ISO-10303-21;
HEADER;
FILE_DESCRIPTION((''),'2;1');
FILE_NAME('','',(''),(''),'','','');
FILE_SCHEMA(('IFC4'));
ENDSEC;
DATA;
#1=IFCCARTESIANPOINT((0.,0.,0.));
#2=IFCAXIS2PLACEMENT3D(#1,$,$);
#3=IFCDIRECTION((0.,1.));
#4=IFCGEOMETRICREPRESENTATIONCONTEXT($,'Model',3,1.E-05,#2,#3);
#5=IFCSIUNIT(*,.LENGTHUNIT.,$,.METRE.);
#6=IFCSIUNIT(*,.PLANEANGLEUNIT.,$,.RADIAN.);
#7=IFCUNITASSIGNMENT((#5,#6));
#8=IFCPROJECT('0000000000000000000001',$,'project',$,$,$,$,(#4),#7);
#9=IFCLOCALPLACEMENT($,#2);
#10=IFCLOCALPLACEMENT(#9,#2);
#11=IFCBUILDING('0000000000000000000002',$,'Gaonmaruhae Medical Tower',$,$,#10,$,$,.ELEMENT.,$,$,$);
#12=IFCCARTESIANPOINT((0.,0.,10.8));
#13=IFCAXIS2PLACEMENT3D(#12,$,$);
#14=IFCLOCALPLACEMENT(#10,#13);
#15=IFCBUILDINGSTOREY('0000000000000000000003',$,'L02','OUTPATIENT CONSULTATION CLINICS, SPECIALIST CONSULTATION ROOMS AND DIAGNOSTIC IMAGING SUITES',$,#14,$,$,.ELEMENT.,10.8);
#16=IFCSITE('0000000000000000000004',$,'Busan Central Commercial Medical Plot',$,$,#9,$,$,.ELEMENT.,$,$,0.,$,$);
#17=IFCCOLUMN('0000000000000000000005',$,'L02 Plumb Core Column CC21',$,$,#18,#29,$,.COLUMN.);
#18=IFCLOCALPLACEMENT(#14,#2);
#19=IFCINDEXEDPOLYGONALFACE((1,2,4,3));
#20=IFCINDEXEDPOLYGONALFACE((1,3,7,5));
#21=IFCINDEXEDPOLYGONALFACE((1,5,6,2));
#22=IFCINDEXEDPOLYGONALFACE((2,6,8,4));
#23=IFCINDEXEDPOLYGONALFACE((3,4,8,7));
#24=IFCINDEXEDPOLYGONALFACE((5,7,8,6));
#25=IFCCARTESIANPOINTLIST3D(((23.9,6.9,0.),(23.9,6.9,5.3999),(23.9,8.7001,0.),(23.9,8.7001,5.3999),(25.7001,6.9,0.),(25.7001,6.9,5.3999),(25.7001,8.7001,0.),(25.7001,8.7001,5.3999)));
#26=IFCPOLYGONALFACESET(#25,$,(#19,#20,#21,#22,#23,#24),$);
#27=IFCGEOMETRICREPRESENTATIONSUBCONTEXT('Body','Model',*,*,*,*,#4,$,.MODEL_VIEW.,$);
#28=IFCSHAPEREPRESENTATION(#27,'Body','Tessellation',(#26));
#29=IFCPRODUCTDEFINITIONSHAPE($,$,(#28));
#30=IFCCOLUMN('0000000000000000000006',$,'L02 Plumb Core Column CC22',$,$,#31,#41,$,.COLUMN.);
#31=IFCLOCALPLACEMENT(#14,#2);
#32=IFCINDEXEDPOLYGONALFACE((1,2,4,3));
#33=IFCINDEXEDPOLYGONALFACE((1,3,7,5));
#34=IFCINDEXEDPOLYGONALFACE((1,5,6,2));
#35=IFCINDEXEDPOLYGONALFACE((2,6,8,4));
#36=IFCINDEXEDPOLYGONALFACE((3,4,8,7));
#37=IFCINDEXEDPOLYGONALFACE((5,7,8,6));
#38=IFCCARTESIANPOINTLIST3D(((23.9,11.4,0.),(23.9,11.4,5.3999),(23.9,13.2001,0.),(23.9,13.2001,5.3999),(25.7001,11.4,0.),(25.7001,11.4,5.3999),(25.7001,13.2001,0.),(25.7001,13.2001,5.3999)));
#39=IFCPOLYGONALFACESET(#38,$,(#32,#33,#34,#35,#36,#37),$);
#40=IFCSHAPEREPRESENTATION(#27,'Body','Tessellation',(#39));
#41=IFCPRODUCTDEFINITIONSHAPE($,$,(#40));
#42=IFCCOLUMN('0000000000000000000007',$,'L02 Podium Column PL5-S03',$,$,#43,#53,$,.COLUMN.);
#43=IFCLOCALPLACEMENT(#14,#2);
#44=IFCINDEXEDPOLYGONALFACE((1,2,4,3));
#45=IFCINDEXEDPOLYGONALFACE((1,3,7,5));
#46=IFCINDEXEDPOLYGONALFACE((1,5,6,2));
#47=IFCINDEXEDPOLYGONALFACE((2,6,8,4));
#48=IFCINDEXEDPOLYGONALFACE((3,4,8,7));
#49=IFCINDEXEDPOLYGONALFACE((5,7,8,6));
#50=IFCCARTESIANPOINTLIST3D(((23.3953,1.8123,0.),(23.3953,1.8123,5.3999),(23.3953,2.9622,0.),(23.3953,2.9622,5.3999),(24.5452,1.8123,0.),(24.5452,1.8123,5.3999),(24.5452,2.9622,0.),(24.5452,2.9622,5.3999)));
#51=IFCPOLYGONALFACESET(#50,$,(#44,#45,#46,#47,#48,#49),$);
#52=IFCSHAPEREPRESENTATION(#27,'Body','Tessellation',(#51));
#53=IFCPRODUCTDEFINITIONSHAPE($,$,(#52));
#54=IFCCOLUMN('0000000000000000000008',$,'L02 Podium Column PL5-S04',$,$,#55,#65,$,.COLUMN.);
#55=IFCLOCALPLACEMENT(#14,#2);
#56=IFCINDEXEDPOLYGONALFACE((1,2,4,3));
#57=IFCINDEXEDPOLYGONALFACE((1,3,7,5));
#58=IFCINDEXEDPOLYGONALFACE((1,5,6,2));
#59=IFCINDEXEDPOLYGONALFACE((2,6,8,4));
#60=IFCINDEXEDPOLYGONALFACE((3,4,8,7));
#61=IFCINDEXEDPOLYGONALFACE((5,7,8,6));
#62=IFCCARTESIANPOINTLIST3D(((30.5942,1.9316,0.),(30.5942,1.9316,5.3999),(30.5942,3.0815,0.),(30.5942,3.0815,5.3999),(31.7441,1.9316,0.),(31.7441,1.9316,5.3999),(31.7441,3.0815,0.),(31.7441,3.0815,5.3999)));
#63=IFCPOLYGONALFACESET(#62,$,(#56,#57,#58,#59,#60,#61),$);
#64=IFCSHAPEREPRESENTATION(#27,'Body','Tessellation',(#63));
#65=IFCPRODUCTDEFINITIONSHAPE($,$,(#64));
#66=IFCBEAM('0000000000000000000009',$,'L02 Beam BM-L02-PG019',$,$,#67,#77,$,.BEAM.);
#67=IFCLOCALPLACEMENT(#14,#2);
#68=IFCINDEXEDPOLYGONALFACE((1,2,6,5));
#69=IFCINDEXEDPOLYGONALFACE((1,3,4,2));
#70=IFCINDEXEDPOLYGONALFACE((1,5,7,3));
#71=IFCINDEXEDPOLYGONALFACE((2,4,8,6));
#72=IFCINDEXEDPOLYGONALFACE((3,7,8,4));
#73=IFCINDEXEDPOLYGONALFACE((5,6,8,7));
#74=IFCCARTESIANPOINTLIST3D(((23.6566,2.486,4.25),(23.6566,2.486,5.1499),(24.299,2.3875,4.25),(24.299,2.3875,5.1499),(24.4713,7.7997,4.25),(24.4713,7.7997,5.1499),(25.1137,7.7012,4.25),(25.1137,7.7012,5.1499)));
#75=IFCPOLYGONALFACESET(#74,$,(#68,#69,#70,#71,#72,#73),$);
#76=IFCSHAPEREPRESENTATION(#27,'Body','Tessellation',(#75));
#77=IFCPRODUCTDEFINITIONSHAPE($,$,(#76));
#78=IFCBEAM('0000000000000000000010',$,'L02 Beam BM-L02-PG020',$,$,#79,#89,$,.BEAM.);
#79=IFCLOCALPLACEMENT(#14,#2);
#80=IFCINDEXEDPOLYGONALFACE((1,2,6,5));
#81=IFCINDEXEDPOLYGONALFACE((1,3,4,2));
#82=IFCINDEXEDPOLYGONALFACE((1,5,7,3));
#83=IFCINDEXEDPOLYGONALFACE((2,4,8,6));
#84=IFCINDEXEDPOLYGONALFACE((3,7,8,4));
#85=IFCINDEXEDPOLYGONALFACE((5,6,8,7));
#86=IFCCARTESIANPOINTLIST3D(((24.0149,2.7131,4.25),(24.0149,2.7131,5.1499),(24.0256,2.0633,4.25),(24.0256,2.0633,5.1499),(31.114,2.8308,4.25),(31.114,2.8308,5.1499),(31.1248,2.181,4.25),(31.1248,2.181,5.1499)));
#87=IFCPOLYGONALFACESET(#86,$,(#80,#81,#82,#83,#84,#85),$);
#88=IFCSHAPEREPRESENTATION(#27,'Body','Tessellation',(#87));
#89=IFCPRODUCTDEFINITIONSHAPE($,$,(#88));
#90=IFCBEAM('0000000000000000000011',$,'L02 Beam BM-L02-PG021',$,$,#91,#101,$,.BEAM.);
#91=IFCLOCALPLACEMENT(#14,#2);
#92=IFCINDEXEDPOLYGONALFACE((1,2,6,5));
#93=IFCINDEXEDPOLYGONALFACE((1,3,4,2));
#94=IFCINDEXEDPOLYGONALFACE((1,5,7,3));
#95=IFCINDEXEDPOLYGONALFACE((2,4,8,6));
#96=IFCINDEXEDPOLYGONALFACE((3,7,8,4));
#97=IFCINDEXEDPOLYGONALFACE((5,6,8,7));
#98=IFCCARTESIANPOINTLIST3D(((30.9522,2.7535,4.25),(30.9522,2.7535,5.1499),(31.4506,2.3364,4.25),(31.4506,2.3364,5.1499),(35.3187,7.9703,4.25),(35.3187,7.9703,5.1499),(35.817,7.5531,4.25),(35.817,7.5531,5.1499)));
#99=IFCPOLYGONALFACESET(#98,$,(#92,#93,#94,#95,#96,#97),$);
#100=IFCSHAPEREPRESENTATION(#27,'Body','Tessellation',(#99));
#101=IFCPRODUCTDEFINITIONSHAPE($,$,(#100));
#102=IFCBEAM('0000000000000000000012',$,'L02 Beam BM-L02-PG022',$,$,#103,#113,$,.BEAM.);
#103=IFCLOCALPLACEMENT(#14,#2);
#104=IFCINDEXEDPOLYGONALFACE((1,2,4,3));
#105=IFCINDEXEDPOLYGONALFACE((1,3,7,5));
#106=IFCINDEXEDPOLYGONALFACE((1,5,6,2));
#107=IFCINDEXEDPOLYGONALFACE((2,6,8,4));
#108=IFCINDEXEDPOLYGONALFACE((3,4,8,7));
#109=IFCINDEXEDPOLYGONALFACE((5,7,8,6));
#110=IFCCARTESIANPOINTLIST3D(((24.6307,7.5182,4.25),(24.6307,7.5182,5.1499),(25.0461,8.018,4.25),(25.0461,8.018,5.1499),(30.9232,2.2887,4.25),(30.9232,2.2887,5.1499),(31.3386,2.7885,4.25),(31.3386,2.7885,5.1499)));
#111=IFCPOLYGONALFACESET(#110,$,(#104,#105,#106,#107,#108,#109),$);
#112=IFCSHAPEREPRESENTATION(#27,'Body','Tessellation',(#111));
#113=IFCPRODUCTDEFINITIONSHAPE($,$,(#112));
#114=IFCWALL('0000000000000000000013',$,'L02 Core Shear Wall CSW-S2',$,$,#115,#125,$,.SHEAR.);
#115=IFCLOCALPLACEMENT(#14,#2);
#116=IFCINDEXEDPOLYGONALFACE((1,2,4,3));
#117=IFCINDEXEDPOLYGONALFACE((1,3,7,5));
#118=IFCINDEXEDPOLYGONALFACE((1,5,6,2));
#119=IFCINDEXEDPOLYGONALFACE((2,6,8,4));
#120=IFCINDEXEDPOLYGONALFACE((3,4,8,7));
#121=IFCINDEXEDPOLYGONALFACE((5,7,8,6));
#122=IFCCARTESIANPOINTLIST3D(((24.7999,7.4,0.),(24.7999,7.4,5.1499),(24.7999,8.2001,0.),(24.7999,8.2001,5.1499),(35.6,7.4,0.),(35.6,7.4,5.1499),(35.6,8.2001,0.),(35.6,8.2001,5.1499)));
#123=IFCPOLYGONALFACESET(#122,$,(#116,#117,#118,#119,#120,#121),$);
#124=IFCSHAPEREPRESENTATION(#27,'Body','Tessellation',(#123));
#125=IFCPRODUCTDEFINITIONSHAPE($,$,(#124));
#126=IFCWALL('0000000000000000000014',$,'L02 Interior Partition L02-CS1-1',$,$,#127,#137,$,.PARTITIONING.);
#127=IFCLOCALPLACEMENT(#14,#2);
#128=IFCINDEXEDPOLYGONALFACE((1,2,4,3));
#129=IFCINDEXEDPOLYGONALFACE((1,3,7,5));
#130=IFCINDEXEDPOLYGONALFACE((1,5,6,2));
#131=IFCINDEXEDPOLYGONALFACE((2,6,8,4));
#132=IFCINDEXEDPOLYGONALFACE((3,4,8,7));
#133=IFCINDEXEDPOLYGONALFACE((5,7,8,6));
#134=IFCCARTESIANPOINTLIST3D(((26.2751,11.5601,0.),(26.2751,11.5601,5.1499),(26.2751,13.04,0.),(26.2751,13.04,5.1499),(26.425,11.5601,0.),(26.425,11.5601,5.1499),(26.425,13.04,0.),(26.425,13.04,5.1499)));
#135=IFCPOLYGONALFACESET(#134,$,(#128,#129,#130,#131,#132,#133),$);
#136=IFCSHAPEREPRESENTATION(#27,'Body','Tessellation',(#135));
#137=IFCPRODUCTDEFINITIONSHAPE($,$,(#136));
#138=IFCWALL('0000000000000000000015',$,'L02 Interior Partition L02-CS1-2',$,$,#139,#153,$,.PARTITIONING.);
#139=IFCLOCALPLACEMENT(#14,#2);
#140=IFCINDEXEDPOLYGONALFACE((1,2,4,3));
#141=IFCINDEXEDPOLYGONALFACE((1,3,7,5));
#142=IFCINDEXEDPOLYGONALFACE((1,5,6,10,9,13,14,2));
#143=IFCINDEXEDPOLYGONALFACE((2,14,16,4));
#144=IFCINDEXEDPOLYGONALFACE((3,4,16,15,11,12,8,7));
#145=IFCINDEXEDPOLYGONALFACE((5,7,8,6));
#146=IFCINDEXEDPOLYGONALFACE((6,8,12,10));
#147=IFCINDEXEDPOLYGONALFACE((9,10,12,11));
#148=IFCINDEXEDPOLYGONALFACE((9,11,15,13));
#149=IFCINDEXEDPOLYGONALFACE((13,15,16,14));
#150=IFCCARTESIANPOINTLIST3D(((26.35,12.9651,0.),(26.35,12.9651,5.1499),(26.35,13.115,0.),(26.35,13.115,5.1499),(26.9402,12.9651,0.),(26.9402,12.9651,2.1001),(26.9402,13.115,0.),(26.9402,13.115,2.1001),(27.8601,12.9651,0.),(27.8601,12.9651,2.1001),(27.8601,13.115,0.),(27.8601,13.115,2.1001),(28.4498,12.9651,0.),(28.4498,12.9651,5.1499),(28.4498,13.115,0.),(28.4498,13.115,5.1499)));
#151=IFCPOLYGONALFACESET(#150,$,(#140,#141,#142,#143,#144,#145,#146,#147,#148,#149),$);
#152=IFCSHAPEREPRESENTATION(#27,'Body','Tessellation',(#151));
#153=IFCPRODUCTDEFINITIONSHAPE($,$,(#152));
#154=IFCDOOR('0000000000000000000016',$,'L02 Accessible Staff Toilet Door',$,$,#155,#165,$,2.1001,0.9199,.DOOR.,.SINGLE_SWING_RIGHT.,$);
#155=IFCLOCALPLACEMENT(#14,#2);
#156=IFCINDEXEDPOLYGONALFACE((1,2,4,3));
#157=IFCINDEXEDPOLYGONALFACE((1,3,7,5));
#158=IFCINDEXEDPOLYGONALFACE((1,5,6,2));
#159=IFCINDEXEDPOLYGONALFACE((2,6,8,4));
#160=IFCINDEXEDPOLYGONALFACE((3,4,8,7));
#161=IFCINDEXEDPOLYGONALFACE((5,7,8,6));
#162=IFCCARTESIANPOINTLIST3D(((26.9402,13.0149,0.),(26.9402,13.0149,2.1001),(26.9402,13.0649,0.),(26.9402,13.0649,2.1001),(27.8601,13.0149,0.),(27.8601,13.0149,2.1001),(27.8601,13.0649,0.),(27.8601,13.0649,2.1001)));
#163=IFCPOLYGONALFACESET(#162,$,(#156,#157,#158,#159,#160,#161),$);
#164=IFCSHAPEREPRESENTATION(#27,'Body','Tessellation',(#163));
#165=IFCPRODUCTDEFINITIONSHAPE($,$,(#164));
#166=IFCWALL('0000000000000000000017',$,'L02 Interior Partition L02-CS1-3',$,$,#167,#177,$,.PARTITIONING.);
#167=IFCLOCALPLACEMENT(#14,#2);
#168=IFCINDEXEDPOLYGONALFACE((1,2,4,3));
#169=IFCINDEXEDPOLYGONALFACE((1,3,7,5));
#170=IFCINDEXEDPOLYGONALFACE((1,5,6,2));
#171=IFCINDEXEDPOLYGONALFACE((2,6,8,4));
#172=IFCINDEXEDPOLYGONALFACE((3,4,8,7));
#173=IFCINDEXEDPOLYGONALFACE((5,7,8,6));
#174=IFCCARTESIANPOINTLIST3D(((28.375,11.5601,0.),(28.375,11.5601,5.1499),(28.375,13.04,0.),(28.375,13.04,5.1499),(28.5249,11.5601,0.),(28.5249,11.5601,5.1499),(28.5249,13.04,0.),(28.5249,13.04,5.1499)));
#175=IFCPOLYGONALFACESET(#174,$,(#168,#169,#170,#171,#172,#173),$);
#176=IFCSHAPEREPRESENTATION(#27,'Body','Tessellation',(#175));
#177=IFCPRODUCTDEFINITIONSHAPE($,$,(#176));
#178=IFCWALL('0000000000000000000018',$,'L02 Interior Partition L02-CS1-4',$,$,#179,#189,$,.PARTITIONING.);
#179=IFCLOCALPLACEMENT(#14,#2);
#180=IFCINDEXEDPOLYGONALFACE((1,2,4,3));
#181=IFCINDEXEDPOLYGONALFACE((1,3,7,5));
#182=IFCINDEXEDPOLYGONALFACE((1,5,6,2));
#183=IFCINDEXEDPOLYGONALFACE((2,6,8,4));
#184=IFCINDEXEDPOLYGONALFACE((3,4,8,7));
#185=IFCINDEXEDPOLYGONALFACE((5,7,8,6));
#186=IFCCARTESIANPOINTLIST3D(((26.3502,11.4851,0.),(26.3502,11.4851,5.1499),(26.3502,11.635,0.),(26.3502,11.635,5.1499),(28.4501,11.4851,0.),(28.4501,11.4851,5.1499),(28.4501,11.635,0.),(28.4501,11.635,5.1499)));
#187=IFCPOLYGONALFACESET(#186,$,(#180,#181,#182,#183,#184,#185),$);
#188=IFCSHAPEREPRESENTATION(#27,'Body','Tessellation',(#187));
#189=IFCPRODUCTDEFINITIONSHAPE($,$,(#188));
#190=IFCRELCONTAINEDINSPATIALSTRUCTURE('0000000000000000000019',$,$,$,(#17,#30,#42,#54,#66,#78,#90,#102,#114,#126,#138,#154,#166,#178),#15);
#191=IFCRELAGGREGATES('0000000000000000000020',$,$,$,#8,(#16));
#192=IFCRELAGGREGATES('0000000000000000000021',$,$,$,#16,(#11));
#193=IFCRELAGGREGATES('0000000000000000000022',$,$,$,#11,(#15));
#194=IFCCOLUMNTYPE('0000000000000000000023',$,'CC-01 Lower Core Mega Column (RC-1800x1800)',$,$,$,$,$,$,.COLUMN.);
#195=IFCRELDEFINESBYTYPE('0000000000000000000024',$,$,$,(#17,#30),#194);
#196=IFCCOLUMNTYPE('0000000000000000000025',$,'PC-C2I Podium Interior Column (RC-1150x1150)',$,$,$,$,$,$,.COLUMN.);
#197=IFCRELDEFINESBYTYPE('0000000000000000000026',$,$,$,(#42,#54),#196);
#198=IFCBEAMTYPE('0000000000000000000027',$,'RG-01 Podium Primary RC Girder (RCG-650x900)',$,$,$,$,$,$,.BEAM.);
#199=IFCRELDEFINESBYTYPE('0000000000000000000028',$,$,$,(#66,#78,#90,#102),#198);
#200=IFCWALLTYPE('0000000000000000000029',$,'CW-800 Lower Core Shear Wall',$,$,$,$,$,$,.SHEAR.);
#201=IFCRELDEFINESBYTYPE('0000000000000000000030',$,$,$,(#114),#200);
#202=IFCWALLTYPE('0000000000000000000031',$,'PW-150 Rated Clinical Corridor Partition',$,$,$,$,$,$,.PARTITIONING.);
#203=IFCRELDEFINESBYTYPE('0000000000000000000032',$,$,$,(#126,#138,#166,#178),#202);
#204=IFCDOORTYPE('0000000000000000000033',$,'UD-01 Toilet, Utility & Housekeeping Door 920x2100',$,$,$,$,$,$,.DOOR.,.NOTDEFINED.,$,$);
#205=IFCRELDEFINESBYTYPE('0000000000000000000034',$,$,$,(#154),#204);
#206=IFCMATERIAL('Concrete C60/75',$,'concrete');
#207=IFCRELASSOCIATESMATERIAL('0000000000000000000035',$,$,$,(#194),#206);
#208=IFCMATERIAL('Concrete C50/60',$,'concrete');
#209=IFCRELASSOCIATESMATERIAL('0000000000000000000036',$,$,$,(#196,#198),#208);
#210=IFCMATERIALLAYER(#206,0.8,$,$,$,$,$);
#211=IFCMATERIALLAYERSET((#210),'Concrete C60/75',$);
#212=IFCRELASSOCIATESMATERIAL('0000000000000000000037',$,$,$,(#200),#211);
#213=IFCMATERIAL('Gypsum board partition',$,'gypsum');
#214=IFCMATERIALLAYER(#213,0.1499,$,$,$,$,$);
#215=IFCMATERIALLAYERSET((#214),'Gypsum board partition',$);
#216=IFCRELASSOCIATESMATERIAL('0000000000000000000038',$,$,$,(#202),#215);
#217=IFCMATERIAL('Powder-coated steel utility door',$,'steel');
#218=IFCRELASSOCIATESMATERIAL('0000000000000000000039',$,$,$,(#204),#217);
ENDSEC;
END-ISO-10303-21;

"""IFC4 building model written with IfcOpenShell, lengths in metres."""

from ifc_helpers import new_model, si_unit, direction, frame, frame_2d, origin, origin_2d, place, context, subcontext, project, spatial, rectangle, extrude, material, layer, layer_set, material_profile, profile_set, type_object, element, fill, save


model = new_model("IFC4")

# Units and contexts
model_context = context("Model", 3, precision=1e-05, world=origin(), true_north=direction((0.0, 1.0)))
body_context = subcontext(model_context, "Body", "Model", "MODEL_VIEW")
ifc_project = project(units=[si_unit("LENGTHUNIT", "METRE"), si_unit("PLANEANGLEUNIT", "RADIAN")], contexts=[model_context])

# Site, building, storey
site_placement = place(None, origin())
site = spatial("IfcSite", under=ifc_project, at=site_placement, Name="Busan Central Commercial Medical Plot", CompositionType="ELEMENT", RefElevation=0.0)
building_placement = place(site_placement, origin())
building = spatial("IfcBuilding", under=site, at=building_placement, Name="Gaonmaruhae Medical Tower", CompositionType="ELEMENT")
storey_placement = place(building_placement, frame((0.0, 0.0, 10.8)))
storey = spatial("IfcBuildingStorey", under=building, at=storey_placement, Name="L02", Description="OUTPATIENT CONSULTATION CLINICS, SPECIALIST CONSULTATION ROOMS AND DIAGNOSTIC IMAGING SUITES", CompositionType="ELEMENT", Elevation=10.8)

# Columns
ifc_material_1 = material(Name="Concrete C60/75", Category="concrete")
ifc_material_profile_1 = material_profile(ifc_material_1, rectangle(XDim=1.8, YDim=1.8, at=origin_2d()), Name="RC-1800x1800")
ifc_profile_set_1 = profile_set([ifc_material_profile_1], Name="Concrete C60/75")
column_type_1 = type_object("IfcColumnType", Name="CC-01 Lower Core Mega Column (RC-1800x1800)", PredefinedType="COLUMN", material=ifc_profile_set_1)
for number, where, z_axis, x_axis, name in (
    (1, (24.8, 7.8, 0.0), (0.0, 0.0, 1.0), (1.0, 0.0, 0.0), "L02 Plumb Core Column CC21"),
    (2, (24.8, 12.3, 0.0), (0.0, 0.0, 1.0), (1.0, 0.0, 0.0), "L02 Plumb Core Column CC22"),
):
    element("IfcColumn", number, at=place(storey_placement, frame(where, z_axis=z_axis, x_axis=x_axis)), inside=storey, type_object=column_type_1, Name=name, PredefinedType="COLUMN", context=body_context, shape_type="SweptSolid", body=[
        extrude(rectangle(XDim=1.8, YDim=1.8, at=origin_2d()), origin(), (0.0, 0.0, 1.0), 5.3999),
    ])
ifc_material_2 = material(Name="Concrete C50/60", Category="concrete")
ifc_material_profile_2 = material_profile(ifc_material_2, rectangle(XDim=1.1499, YDim=1.1499, at=origin_2d()), Name="RC-1150x1150")
ifc_profile_set_2 = profile_set([ifc_material_profile_2], Name="Concrete C50/60")
column_type_2 = type_object("IfcColumnType", Name="PC-C2I Podium Interior Column (RC-1150x1150)", PredefinedType="COLUMN", material=ifc_profile_set_2)
for number, where, z_axis, x_axis, name in (
    (3, (23.9702, 2.3872, 0.0), (0.0, 0.0, 1.0), (1.0, 0.0, 0.0), "L02 Podium Column PL5-S03"),
    (4, (31.1692, 2.5066, 0.0), (0.0, 0.0, 1.0), (1.0, 0.0, 0.0), "L02 Podium Column PL5-S04"),
):
    element("IfcColumn", number, at=place(storey_placement, frame(where, z_axis=z_axis, x_axis=x_axis)), inside=storey, type_object=column_type_2, Name=name, PredefinedType="COLUMN", context=body_context, shape_type="SweptSolid", body=[
        extrude(rectangle(XDim=1.1499, YDim=1.1499, at=origin_2d()), origin(), (0.0, 0.0, 1.0), 5.3999),
    ])

# Beams
ifc_material_profile_3 = material_profile(ifc_material_2, rectangle(XDim=0.6499, YDim=0.8999, at=origin_2d()), Name="RCG-650x900")
ifc_profile_set_3 = profile_set([ifc_material_profile_3], Name="Concrete C50/60")
beam_type = type_object("IfcBeamType", Name="RG-01 Podium Primary RC Girder (RCG-650x900)", PredefinedType="BEAM", material=ifc_profile_set_3)
beam_1_placement = place(storey_placement, frame((23.9778, 2.4368, 4.7), z_axis=(0.151549, 0.98845, 0.0), x_axis=(-0.98845, 0.151549, 0.0)))
element("IfcBeam", 5, at=beam_1_placement, inside=storey, type_object=beam_type, Name="L02 Beam BM-L02-PG019", PredefinedType="BEAM", context=body_context, shape_type="SweptSolid", body=[
    extrude(rectangle(XDim=0.6499, YDim=0.8999, at=origin_2d()), origin(), (0.0, 0.0, 1.0), 5.3757),
])
beam_2_placement = place(storey_placement, frame((24.0203, 2.3882, 4.7), z_axis=(0.999863, 0.016574, 0.0), x_axis=(-0.016574, 0.999863, 0.0)))
element("IfcBeam", 6, at=beam_2_placement, inside=storey, type_object=beam_type, Name="L02 Beam BM-L02-PG020", PredefinedType="BEAM", context=body_context, shape_type="SweptSolid", body=[
    extrude(rectangle(XDim=0.6499, YDim=0.8999, at=origin_2d()), origin(), (0.0, 0.0, 1.0), 7.1001),
])
beam_3_placement = place(storey_placement, frame((31.2014, 2.5449, 4.7), z_axis=(0.641842, 0.766837, 0.0), x_axis=(-0.766837, 0.641842, 0.0)))
element("IfcBeam", 7, at=beam_3_placement, inside=storey, type_object=beam_type, Name="L02 Beam BM-L02-PG021", PredefinedType="BEAM", context=body_context, shape_type="SweptSolid", body=[
    extrude(rectangle(XDim=0.6499, YDim=0.8999, at=origin_2d()), origin(), (0.0, 0.0, 1.0), 6.803),
])
beam_4_placement = place(storey_placement, frame((31.1309, 2.5386, 4.7), z_axis=(-0.769077, 0.639157, 0.0), x_axis=(-0.639157, -0.769077, 0.0)))
element("IfcBeam", 8, at=beam_4_placement, inside=storey, type_object=beam_type, Name="L02 Beam BM-L02-PG022", PredefinedType="BEAM", context=body_context, shape_type="SweptSolid", body=[
    extrude(rectangle(XDim=0.6499, YDim=0.8999, at=origin_2d()), origin(), (0.0, 0.0, 1.0), 8.1819),
])

# Walls
ifc_layer_1 = layer(ifc_material_1, 0.8)
ifc_layer_set_1 = layer_set([ifc_layer_1], Name="Concrete C60/75")
wall_type_1 = type_object("IfcWallType", Name="CW-800 Lower Core Shear Wall", PredefinedType="SHEAR", material=ifc_layer_set_1)
wall_1_placement = place(storey_placement, frame((24.8, 7.8, 0.0), z_axis=(0.0, 0.0, 1.0), x_axis=(1.0, 0.0, 0.0)))
element("IfcWall", 9, at=wall_1_placement, inside=storey, type_object=wall_type_1, Name="L02 Core Shear Wall CSW-S2", PredefinedType="SHEAR", context=body_context, shape_type="SweptSolid", body=[
    extrude(rectangle(XDim=10.8, YDim=0.8, at=frame_2d((5.3999, 0.0))), origin(), (0.0, 0.0, 1.0), 5.1499),
])
ifc_material_3 = material(Name="Gypsum board partition", Category="gypsum")
ifc_layer_2 = layer(ifc_material_3, 0.1499)
ifc_layer_set_2 = layer_set([ifc_layer_2], Name="Gypsum board partition")
wall_type_2 = type_object("IfcWallType", Name="PW-150 Rated Clinical Corridor Partition", PredefinedType="PARTITIONING", material=ifc_layer_set_2)
wall_2_placement = place(storey_placement, frame((26.3501, 11.5601, 0.0), z_axis=(0.0, 0.0, 1.0), x_axis=(0.0, 1.0, 0.0)))
element("IfcWall", 10, at=wall_2_placement, inside=storey, type_object=wall_type_2, Name="L02 Interior Partition L02-CS1-1", PredefinedType="PARTITIONING", context=body_context, shape_type="SweptSolid", body=[
    extrude(rectangle(XDim=1.48, YDim=0.1499, at=frame_2d((0.74, 0.0))), origin(), (0.0, 0.0, 1.0), 5.1499),
])

# Wall, opening, door
wall_3_placement = place(storey_placement, frame((26.3501, 13.04, 0.0), z_axis=(0.0, 0.0, 1.0), x_axis=(1.0, 0.0, 0.0)))
wall_3 = element("IfcWall", 11, at=wall_3_placement, inside=storey, type_object=wall_type_2, Name="L02 Interior Partition L02-CS1-2", PredefinedType="PARTITIONING", context=body_context, shape_type="SweptSolid", body=[
    extrude(rectangle(XDim=2.0999, YDim=0.1499, at=frame_2d((1.0498, 0.0))), origin(), (0.0, 0.0, 1.0), 5.1499),
])
opening_1_placement = place(wall_3_placement, frame((0.5901, 0.0, 0.0)))
opening_1 = element("IfcOpeningElement", 12, at=opening_1_placement, cuts=wall_3, PredefinedType="OPENING", context=body_context, shape_type="SweptSolid", body=[
    extrude(rectangle(XDim=0.9199, YDim=2.1001, at=frame_2d((0.46, 1.05))), frame((0.0, 0.085, 0.0), z_axis=(0.0, -1.0, 0.0), x_axis=(1.0, 0.0, 0.0)), (0.0, 0.0, 1.0), 0.1699),
])
ifc_material_4 = material(Name="Powder-coated steel utility door", Category="steel")
door_type_1 = type_object("IfcDoorType", Name="UD-01 Toilet, Utility & Housekeeping Door 920x2100", OperationType="NOTDEFINED", PredefinedType="DOOR", material=ifc_material_4)
door_1_placement = place(opening_1_placement, origin())
door_1 = element("IfcDoor", 13, at=door_1_placement, inside=storey, type_object=door_type_1, Name="L02 Accessible Staff Toilet Door", OperationType="SINGLE_SWING_RIGHT", OverallHeight=2.1001, OverallWidth=0.9199, PredefinedType="DOOR", context=body_context, shape_type="SweptSolid", body=[
    extrude(rectangle(XDim=0.9199, YDim=2.1001, at=frame_2d((0.46, 1.05))), frame((0.0, 0.0249, 0.0), z_axis=(0.0, -1.0, 0.0), x_axis=(1.0, 0.0, 0.0)), (0.0, 0.0, 1.0), 0.05),
])
fill(opening_1, door_1)

# Walls
wall_4_placement = place(storey_placement, frame((28.45, 13.04, 0.0), z_axis=(0.0, 0.0, 1.0), x_axis=(0.0, -1.0, 0.0)))
element("IfcWall", 14, at=wall_4_placement, inside=storey, type_object=wall_type_2, Name="L02 Interior Partition L02-CS1-3", PredefinedType="PARTITIONING", context=body_context, shape_type="SweptSolid", body=[
    extrude(rectangle(XDim=1.48, YDim=0.1499, at=frame_2d((0.74, 0.0))), origin(), (0.0, 0.0, 1.0), 5.1499),
])
wall_5_placement = place(storey_placement, frame((28.45, 11.5601, 0.0), z_axis=(0.0, 0.0, 1.0), x_axis=(-1.0, 0.0, 0.0)))
element("IfcWall", 15, at=wall_5_placement, inside=storey, type_object=wall_type_2, Name="L02 Interior Partition L02-CS1-4", PredefinedType="PARTITIONING", context=body_context, shape_type="SweptSolid", body=[
    extrude(rectangle(XDim=2.0999, YDim=0.1499, at=frame_2d((1.0498, 0.0))), origin(), (0.0, 0.0, 1.0), 5.1499),
])

save(model, "model.ifc")
